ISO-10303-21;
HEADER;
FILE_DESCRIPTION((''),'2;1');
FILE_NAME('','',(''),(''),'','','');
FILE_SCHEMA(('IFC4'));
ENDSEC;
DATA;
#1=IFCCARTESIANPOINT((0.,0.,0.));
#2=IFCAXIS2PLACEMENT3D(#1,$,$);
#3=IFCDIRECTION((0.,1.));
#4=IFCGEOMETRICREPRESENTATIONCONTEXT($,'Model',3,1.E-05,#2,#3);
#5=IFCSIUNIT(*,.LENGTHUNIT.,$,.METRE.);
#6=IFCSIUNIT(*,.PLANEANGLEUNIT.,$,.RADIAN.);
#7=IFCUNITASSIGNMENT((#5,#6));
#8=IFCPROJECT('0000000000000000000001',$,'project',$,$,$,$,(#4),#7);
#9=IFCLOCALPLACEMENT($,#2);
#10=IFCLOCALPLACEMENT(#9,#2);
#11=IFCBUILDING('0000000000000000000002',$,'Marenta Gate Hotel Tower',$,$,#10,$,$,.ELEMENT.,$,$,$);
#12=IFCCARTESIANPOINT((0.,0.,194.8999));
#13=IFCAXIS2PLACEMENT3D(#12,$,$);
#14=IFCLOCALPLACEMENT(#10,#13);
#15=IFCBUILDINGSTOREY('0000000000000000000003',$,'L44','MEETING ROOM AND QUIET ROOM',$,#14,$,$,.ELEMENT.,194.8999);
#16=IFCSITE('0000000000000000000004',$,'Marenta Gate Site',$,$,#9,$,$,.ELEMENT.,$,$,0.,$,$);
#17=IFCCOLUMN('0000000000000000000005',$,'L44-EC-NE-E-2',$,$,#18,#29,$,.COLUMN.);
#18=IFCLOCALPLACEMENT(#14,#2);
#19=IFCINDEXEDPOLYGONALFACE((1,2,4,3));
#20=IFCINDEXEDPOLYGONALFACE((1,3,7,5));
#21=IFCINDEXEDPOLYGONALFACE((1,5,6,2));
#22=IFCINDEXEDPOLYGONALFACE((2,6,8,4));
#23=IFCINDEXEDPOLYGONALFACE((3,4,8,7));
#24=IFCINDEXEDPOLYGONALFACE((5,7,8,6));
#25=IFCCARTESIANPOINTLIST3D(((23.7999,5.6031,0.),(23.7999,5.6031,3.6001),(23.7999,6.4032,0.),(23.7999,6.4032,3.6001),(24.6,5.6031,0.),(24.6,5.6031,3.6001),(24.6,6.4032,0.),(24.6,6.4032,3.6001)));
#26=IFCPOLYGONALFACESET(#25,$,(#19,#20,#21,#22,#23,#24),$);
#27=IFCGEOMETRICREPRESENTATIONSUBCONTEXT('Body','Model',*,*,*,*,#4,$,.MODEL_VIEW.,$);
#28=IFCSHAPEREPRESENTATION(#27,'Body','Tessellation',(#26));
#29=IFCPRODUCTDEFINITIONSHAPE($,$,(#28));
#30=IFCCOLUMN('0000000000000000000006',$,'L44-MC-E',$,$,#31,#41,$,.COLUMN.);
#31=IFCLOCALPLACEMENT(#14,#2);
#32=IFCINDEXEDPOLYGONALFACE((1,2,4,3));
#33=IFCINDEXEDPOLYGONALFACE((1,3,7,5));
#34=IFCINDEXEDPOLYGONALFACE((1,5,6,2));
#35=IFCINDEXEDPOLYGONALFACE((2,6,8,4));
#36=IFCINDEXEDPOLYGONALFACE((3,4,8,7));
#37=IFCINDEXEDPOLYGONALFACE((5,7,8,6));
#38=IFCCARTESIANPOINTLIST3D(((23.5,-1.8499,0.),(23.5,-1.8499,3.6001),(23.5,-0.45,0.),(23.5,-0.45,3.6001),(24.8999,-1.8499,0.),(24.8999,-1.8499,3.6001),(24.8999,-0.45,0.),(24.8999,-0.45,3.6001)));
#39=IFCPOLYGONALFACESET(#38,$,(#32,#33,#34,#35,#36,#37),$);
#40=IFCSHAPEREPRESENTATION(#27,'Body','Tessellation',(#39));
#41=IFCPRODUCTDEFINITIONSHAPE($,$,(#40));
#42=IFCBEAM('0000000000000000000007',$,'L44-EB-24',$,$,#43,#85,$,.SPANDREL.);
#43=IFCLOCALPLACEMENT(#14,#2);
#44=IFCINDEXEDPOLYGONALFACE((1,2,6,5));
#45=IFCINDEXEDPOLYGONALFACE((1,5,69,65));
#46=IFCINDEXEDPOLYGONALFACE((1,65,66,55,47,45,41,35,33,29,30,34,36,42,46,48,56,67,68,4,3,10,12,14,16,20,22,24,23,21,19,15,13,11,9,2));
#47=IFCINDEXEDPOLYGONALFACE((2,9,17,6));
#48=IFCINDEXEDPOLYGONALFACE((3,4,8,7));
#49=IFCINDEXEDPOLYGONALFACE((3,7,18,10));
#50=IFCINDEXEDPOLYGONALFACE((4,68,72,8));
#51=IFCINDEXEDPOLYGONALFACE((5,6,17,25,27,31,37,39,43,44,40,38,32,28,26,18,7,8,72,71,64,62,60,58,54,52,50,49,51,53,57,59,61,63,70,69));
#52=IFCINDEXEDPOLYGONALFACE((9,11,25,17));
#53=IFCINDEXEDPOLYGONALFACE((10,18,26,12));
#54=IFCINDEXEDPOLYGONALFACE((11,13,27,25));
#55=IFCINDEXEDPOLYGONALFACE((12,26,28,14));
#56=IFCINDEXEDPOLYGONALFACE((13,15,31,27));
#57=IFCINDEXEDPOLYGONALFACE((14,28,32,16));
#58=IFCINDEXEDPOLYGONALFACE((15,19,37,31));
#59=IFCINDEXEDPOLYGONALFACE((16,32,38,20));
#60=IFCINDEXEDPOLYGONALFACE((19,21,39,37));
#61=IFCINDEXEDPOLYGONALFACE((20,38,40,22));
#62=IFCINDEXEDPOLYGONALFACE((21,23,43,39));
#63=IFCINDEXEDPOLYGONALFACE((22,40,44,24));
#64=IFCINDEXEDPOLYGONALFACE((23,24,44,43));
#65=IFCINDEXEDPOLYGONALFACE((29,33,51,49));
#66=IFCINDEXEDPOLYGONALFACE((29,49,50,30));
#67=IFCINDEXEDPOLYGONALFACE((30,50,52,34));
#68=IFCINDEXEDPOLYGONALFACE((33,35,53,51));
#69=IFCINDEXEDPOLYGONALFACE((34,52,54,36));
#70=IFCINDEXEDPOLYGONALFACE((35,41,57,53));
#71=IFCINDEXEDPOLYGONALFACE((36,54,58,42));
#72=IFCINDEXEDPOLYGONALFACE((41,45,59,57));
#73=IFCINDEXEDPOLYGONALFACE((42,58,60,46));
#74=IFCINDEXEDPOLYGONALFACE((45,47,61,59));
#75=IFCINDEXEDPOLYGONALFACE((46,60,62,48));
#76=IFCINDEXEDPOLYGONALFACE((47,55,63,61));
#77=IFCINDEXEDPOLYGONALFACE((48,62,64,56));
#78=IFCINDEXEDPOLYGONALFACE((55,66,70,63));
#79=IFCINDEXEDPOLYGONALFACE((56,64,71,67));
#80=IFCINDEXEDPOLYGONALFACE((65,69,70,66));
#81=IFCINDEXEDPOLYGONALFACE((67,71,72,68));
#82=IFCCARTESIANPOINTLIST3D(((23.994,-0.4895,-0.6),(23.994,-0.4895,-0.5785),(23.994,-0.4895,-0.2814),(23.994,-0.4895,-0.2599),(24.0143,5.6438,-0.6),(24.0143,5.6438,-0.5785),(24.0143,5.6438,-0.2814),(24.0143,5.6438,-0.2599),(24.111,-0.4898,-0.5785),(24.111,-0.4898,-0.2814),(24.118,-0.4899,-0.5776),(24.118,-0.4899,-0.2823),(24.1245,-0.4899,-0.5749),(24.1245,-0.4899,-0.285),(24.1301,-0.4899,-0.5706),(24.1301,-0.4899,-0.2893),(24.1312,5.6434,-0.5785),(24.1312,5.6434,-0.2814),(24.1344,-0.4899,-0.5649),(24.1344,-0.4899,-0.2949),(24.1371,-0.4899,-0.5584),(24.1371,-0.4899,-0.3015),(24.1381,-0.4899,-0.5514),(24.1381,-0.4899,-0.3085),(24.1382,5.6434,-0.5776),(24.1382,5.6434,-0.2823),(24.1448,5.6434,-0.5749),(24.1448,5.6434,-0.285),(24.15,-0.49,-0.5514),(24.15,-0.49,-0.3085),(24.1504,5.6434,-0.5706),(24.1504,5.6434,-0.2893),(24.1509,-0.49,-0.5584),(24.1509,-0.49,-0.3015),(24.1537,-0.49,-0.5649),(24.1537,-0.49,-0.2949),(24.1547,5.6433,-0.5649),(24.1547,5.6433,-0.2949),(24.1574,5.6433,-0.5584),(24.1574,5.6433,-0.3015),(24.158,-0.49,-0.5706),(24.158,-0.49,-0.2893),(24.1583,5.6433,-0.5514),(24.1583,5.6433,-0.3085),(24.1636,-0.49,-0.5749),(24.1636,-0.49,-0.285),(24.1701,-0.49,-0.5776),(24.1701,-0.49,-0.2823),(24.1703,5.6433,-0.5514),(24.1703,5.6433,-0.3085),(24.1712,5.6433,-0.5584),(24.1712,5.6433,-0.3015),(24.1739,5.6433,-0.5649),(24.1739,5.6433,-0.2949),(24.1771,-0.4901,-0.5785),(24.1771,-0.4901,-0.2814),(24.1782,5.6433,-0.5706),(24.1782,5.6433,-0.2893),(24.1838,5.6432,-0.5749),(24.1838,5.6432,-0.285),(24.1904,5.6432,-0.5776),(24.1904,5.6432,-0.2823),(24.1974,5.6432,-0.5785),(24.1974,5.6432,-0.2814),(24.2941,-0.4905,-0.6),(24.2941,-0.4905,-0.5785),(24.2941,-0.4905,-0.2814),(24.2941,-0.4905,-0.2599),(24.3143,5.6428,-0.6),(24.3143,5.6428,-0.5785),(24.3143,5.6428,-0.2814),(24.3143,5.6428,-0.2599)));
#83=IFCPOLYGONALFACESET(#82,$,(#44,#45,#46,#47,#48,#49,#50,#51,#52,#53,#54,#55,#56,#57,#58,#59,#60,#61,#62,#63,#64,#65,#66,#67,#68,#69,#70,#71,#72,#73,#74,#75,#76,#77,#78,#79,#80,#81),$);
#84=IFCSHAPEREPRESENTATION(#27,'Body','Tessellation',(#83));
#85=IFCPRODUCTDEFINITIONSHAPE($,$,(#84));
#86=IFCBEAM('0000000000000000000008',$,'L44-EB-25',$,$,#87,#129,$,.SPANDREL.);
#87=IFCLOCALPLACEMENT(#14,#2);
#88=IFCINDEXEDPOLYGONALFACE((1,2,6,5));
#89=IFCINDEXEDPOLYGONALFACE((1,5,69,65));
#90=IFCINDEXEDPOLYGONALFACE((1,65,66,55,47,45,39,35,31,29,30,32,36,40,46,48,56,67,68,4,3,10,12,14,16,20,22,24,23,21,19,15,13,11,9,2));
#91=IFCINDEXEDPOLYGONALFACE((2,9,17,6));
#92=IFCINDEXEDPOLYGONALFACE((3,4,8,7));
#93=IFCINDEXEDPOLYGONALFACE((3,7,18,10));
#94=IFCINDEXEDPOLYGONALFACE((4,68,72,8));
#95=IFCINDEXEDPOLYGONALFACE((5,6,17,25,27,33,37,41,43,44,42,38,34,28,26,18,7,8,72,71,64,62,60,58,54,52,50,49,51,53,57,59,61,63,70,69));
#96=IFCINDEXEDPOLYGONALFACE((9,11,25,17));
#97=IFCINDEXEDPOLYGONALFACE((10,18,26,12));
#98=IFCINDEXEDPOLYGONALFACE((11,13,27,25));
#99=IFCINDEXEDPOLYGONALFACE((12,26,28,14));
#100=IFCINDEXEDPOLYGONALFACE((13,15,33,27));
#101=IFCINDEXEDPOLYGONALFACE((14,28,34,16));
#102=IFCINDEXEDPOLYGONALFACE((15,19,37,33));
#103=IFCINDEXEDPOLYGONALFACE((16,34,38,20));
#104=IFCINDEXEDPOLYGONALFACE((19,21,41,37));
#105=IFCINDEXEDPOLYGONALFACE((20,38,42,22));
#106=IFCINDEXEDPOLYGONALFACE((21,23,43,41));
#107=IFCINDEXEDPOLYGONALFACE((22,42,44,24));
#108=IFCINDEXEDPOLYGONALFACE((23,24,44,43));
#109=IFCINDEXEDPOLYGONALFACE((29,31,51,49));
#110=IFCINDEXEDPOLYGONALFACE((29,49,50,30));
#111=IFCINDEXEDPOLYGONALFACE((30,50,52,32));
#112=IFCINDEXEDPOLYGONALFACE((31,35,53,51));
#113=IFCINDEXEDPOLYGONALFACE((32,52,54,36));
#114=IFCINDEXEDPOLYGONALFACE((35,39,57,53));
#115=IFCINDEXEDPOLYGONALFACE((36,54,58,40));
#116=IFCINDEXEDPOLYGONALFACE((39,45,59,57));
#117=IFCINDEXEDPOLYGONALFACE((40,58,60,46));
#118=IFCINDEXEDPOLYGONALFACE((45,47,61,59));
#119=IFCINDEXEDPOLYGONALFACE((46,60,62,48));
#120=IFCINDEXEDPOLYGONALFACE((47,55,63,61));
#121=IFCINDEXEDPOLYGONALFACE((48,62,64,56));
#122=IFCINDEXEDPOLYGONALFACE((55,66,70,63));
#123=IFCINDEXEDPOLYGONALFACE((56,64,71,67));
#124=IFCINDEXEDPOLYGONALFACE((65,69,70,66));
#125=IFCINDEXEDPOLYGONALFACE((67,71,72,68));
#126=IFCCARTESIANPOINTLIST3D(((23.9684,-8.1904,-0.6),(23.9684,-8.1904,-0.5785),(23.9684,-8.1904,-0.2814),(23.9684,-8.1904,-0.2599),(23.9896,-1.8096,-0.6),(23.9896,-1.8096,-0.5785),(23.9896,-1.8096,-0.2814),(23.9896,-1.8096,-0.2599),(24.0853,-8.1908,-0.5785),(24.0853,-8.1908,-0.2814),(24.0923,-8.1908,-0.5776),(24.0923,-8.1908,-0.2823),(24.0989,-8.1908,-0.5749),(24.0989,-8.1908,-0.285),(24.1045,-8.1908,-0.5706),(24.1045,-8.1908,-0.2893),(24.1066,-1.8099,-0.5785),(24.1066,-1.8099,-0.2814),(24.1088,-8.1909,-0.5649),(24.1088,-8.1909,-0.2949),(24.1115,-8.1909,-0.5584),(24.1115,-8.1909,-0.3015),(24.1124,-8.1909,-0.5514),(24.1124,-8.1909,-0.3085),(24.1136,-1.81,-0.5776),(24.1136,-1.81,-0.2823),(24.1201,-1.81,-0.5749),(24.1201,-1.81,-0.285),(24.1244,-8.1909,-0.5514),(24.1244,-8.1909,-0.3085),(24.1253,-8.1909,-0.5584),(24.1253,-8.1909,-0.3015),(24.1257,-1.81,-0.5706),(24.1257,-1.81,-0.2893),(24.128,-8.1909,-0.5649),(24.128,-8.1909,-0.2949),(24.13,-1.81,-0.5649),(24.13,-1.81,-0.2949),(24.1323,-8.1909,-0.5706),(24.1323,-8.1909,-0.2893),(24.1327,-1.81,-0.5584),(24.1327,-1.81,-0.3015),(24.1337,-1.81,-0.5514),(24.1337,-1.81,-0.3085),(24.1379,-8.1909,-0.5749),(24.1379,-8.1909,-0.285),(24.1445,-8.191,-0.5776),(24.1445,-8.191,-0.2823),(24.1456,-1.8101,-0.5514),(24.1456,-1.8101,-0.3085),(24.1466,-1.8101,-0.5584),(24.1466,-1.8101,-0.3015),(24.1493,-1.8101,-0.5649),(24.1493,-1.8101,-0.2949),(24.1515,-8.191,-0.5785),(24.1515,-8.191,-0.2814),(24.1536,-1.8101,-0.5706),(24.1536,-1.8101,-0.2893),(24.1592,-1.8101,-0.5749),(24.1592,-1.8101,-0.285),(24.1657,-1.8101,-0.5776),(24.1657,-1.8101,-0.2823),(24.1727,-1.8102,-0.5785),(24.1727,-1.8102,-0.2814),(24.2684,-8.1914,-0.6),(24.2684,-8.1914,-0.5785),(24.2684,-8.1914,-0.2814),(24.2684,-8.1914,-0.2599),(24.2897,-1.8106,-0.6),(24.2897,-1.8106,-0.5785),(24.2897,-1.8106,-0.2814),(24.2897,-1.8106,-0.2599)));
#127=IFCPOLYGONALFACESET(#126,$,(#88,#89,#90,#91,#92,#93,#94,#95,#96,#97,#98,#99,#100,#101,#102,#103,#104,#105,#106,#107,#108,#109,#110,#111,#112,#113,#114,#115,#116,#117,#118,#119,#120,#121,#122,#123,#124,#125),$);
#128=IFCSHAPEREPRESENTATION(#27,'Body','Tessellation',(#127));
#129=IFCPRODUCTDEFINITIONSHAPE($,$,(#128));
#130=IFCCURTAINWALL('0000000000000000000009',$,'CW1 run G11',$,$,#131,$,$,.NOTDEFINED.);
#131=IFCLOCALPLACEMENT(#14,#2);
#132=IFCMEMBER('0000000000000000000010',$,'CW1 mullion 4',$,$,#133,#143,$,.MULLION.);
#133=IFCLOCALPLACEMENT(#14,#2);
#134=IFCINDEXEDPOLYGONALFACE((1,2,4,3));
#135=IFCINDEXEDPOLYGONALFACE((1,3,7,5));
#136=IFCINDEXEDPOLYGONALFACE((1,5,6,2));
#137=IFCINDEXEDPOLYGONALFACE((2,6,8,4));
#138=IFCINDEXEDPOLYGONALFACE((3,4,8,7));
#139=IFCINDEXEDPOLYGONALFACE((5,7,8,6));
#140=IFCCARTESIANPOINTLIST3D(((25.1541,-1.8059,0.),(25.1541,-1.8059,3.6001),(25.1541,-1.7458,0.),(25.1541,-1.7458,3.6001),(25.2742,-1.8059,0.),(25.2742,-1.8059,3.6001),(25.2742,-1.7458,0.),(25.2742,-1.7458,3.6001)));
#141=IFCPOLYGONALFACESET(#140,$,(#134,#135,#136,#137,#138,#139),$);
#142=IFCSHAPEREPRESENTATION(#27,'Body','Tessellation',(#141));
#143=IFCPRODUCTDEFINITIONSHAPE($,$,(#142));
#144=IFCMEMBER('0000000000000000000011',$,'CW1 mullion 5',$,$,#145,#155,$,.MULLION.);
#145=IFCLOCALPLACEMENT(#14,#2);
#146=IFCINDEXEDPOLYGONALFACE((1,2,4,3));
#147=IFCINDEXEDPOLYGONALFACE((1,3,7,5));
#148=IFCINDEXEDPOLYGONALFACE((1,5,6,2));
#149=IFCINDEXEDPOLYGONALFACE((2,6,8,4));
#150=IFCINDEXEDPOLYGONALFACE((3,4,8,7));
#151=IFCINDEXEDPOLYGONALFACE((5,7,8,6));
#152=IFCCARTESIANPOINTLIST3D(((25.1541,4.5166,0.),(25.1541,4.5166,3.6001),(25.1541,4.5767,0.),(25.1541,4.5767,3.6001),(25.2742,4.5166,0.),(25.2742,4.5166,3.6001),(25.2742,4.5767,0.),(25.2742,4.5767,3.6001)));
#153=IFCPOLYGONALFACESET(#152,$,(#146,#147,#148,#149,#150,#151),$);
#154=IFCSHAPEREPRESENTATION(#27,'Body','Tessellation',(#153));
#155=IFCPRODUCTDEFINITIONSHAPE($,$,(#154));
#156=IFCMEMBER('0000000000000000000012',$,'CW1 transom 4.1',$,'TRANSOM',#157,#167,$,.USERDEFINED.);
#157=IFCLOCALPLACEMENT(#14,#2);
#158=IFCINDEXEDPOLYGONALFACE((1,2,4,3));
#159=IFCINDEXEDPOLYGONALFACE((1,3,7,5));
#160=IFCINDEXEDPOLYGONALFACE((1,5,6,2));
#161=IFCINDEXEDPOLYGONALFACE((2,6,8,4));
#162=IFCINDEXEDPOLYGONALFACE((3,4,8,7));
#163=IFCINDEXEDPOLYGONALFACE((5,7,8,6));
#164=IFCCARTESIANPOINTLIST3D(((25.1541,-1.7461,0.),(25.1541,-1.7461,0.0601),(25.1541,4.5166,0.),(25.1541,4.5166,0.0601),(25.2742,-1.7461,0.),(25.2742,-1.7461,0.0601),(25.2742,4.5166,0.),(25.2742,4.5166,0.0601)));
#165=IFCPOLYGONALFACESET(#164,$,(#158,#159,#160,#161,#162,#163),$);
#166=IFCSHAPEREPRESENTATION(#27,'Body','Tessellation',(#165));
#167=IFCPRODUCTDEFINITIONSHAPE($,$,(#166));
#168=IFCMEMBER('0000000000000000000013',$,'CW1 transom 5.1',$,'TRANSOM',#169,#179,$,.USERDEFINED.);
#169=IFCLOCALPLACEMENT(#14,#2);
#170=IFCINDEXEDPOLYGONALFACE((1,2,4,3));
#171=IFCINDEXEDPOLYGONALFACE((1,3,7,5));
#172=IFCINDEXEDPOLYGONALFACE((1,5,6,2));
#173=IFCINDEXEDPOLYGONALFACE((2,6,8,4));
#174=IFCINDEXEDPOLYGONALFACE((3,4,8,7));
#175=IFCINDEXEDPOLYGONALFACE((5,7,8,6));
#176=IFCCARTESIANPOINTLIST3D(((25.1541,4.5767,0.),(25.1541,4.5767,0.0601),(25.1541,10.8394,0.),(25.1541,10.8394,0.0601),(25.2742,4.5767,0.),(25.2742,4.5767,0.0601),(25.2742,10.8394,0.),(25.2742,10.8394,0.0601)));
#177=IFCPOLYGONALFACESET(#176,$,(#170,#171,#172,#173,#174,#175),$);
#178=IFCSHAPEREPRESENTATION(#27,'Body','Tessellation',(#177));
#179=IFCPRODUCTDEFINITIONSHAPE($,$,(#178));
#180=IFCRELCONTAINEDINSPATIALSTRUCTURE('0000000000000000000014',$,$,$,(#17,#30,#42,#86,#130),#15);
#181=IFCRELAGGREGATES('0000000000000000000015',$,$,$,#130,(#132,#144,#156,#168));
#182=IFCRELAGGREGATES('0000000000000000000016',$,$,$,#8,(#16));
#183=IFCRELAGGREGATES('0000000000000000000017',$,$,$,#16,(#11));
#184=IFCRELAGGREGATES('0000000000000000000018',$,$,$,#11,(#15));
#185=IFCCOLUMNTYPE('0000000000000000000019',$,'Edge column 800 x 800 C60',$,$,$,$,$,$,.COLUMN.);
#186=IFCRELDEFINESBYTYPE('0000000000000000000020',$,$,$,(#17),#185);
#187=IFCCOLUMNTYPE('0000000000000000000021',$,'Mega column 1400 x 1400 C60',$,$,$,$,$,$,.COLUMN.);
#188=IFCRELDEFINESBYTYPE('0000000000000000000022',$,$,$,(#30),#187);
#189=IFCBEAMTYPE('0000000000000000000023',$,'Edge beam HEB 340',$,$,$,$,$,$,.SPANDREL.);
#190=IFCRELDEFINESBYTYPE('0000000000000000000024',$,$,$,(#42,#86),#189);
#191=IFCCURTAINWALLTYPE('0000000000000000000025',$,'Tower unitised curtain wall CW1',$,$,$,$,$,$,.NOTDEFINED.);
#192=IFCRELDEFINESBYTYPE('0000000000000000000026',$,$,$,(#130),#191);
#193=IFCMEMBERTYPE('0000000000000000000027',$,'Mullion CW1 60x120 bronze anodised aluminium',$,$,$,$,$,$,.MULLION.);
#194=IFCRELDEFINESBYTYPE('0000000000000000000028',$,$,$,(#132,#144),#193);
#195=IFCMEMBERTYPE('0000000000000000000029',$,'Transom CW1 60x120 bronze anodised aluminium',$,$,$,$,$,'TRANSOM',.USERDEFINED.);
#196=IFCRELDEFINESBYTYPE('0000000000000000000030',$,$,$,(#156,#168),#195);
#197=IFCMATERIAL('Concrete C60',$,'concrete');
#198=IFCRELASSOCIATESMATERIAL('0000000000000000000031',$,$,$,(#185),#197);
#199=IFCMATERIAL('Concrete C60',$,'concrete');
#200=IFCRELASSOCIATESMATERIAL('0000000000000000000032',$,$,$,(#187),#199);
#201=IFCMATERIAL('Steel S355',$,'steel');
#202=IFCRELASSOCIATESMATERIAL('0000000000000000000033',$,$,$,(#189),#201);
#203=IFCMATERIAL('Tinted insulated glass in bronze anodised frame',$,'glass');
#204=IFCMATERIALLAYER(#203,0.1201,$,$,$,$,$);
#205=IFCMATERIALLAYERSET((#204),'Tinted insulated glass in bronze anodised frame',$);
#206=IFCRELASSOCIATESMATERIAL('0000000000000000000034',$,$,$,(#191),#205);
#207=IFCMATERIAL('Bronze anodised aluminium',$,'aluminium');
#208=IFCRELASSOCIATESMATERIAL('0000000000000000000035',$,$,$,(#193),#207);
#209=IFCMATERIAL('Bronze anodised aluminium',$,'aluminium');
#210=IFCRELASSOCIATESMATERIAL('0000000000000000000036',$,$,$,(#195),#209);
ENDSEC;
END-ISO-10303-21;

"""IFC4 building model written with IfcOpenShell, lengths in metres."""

from ifc_helpers import new_model, si_unit, direction, frame, origin, origin_2d, place, context, subcontext, project, spatial, rectangle, i_section, extrude, material, layer, layer_set, material_profile, profile_set, type_object, element, aggregate, save


model = new_model("IFC4")

# Units and contexts
model_context = context("Model", 3, precision=1e-05, world=origin(), true_north=direction((0.0, 1.0)))
body_context = subcontext(model_context, "Body", "Model", "MODEL_VIEW")
ifc_project = project(units=[si_unit("LENGTHUNIT", "METRE"), si_unit("PLANEANGLEUNIT", "RADIAN")], contexts=[model_context])

# Site, building, storey
site_placement = place(None, origin())
site = spatial("IfcSite", under=ifc_project, at=site_placement, Name="Marenta Gate Site", CompositionType="ELEMENT", RefElevation=0.0)
building_placement = place(site_placement, origin())
building = spatial("IfcBuilding", under=site, at=building_placement, Name="Marenta Gate Hotel Tower", CompositionType="ELEMENT")
storey_placement = place(building_placement, frame((0.0, 0.0, 194.8999)))
storey = spatial("IfcBuildingStorey", under=building, at=storey_placement, Name="L44", Description="MEETING ROOM AND QUIET ROOM", CompositionType="ELEMENT", Elevation=194.8999)

# Columns
ifc_material_1 = material(Name="Concrete C60", Category="concrete")
ifc_material_profile_1 = material_profile(ifc_material_1, rectangle(XDim=0.8, YDim=0.8, at=origin_2d()), Name="800 x 800")
ifc_profile_set_1 = profile_set([ifc_material_profile_1], Name="Concrete C60")
column_type_1 = type_object("IfcColumnType", Name="Edge column 800 x 800 C60", PredefinedType="COLUMN", material=ifc_profile_set_1)
column_1_placement = place(storey_placement, frame((24.2, 6.0032, 0.0), z_axis=(0.0, 0.0, 1.0), x_axis=(1.0, 0.0, 0.0)))
element("IfcColumn", 1, at=column_1_placement, inside=storey, type_object=column_type_1, Name="L44-EC-NE-E-2", PredefinedType="COLUMN", context=body_context, shape_type="SweptSolid", body=[
    extrude(rectangle(XDim=0.8, YDim=0.8, at=origin_2d()), origin(), (0.0, 0.0, 1.0), 3.6001),
])
ifc_material_2 = material(Name="Concrete C60", Category="concrete")
ifc_material_profile_2 = material_profile(ifc_material_2, rectangle(XDim=1.3999, YDim=1.3999, at=origin_2d()), Name="1400 x 1400")
ifc_profile_set_2 = profile_set([ifc_material_profile_2], Name="Concrete C60")
column_type_2 = type_object("IfcColumnType", Name="Mega column 1400 x 1400 C60", PredefinedType="COLUMN", material=ifc_profile_set_2)
column_2_placement = place(storey_placement, frame((24.2, -1.1499, 0.0), z_axis=(0.0, 0.0, 1.0), x_axis=(1.0, 0.0, 0.0)))
element("IfcColumn", 2, at=column_2_placement, inside=storey, type_object=column_type_2, Name="L44-MC-E", PredefinedType="COLUMN", context=body_context, shape_type="SweptSolid", body=[
    extrude(rectangle(XDim=1.3999, YDim=1.3999, at=origin_2d()), origin(), (0.0, 0.0, 1.0), 3.6001),
])

# Beams
ifc_material_3 = material(Name="Steel S355", Category="steel")
ifc_material_profile_3 = material_profile(ifc_material_3, i_section(OverallWidth=0.3, OverallDepth=0.3401, WebThickness=0.012, FlangeThickness=0.0215, FilletRadius=0.0271, at=origin_2d()), Name="HEB 340")
ifc_profile_set_3 = profile_set([ifc_material_profile_3], Name="Steel S355")
beam_type = type_object("IfcBeamType", Name="Edge beam HEB 340", PredefinedType="SPANDREL", material=ifc_profile_set_3)
beam_1_placement = place(storey_placement, frame((24.1643, 5.6433, -0.4299), z_axis=(-0.003304, -0.999995, 0.0), x_axis=(0.999995, -0.003304, 0.0)))
element("IfcBeam", 3, at=beam_1_placement, inside=storey, type_object=beam_type, Name="L44-EB-24", PredefinedType="SPANDREL", context=body_context, shape_type="SweptSolid", body=[
    extrude(i_section(OverallWidth=0.3, OverallDepth=0.3401, WebThickness=0.012, FlangeThickness=0.0215, FilletRadius=0.0271, at=origin_2d()), origin(), (0.0, 0.0, 1.0), 6.1333),
])
beam_2_placement = place(storey_placement, frame((24.1396, -1.8101, -0.4299), z_axis=(-0.003329, -0.999994, 0.0), x_axis=(0.999994, -0.003329, 0.0)))
element("IfcBeam", 4, at=beam_2_placement, inside=storey, type_object=beam_type, Name="L44-EB-25", PredefinedType="SPANDREL", context=body_context, shape_type="SweptSolid", body=[
    extrude(i_section(OverallWidth=0.3, OverallDepth=0.3401, WebThickness=0.012, FlangeThickness=0.0215, FilletRadius=0.0271, at=origin_2d()), origin(), (0.0, 0.0, 1.0), 6.3809),
])

# Curtain wall, members
ifc_material_4 = material(Name="Tinted insulated glass in bronze anodised frame", Category="glass")
ifc_layer_1 = layer(ifc_material_4, 0.1201)
ifc_layer_set_1 = layer_set([ifc_layer_1], Name="Tinted insulated glass in bronze anodised frame")
curtain_wall_type = type_object("IfcCurtainWallType", Name="Tower unitised curtain wall CW1", PredefinedType="NOTDEFINED", material=ifc_layer_set_1)
curtain_wall_placement = place(storey_placement, origin())
curtain_wall = element("IfcCurtainWall", 5, at=curtain_wall_placement, inside=storey, type_object=curtain_wall_type, Name="CW1 run G11", PredefinedType="NOTDEFINED")
ifc_material_5 = material(Name="Bronze anodised aluminium", Category="aluminium")
ifc_material_profile_4 = material_profile(ifc_material_5, rectangle(XDim=0.1201, YDim=0.0601, at=origin_2d()), Name="Mullion CW1 60x120 bronze anodised aluminium")
ifc_profile_set_4 = profile_set([ifc_material_profile_4], Name="Bronze anodised aluminium")
member_type_1 = type_object("IfcMemberType", Name="Mullion CW1 60x120 bronze anodised aluminium", PredefinedType="MULLION", material=ifc_profile_set_4)
member_1_placement = place(storey_placement, frame((25.2141, -1.7759, 0.0), z_axis=(0.0, 0.0, 1.0), x_axis=(-1.0, 0.0, 0.0)))
member_1 = element("IfcMember", 6, at=member_1_placement, type_object=member_type_1, Name="CW1 mullion 4", PredefinedType="MULLION", context=body_context, shape_type="SweptSolid", body=[
    extrude(rectangle(XDim=0.1201, YDim=0.0601, at=origin_2d()), origin(), (0.0, 0.0, 1.0), 3.6001),
])
member_2_placement = place(storey_placement, frame((25.2141, 4.5466, 0.0), z_axis=(0.0, 0.0, 1.0), x_axis=(-1.0, 0.0, 0.0)))
member_2 = element("IfcMember", 7, at=member_2_placement, type_object=member_type_1, Name="CW1 mullion 5", PredefinedType="MULLION", context=body_context, shape_type="SweptSolid", body=[
    extrude(rectangle(XDim=0.1201, YDim=0.0601, at=origin_2d()), origin(), (0.0, 0.0, 1.0), 3.6001),
])
ifc_material_6 = material(Name="Bronze anodised aluminium", Category="aluminium")
ifc_material_profile_5 = material_profile(ifc_material_6, rectangle(XDim=0.1201, YDim=0.0601, at=origin_2d()), Name="Transom CW1 60x120 bronze anodised aluminium")
ifc_profile_set_5 = profile_set([ifc_material_profile_5], Name="Bronze anodised aluminium")
member_type_2 = type_object("IfcMemberType", Name="Transom CW1 60x120 bronze anodised aluminium", ElementType="TRANSOM", PredefinedType="USERDEFINED", material=ifc_profile_set_5)
member_3_placement = place(storey_placement, frame((25.2141, -1.7461, 0.03), z_axis=(0.0, 1.0, 0.0), x_axis=(-1.0, 0.0, 0.0)))
member_3 = element("IfcMember", 8, at=member_3_placement, type_object=member_type_2, Name="CW1 transom 4.1", ObjectType="TRANSOM", PredefinedType="USERDEFINED", context=body_context, shape_type="SweptSolid", body=[
    extrude(rectangle(XDim=0.1201, YDim=0.0601, at=origin_2d()), origin(), (0.0, 0.0, 1.0), 6.2627),
])
member_4_placement = place(storey_placement, frame((25.2141, 4.5767, 0.03), z_axis=(0.0, 1.0, 0.0), x_axis=(-1.0, 0.0, 0.0)))
member_4 = element("IfcMember", 9, at=member_4_placement, type_object=member_type_2, Name="CW1 transom 5.1", ObjectType="TRANSOM", PredefinedType="USERDEFINED", context=body_context, shape_type="SweptSolid", body=[
    extrude(rectangle(XDim=0.1201, YDim=0.0601, at=origin_2d()), origin(), (0.0, 0.0, 1.0), 6.2627),
])
aggregate(curtain_wall, [member_1, member_2, member_3, member_4])

save(model, "model.ifc")
